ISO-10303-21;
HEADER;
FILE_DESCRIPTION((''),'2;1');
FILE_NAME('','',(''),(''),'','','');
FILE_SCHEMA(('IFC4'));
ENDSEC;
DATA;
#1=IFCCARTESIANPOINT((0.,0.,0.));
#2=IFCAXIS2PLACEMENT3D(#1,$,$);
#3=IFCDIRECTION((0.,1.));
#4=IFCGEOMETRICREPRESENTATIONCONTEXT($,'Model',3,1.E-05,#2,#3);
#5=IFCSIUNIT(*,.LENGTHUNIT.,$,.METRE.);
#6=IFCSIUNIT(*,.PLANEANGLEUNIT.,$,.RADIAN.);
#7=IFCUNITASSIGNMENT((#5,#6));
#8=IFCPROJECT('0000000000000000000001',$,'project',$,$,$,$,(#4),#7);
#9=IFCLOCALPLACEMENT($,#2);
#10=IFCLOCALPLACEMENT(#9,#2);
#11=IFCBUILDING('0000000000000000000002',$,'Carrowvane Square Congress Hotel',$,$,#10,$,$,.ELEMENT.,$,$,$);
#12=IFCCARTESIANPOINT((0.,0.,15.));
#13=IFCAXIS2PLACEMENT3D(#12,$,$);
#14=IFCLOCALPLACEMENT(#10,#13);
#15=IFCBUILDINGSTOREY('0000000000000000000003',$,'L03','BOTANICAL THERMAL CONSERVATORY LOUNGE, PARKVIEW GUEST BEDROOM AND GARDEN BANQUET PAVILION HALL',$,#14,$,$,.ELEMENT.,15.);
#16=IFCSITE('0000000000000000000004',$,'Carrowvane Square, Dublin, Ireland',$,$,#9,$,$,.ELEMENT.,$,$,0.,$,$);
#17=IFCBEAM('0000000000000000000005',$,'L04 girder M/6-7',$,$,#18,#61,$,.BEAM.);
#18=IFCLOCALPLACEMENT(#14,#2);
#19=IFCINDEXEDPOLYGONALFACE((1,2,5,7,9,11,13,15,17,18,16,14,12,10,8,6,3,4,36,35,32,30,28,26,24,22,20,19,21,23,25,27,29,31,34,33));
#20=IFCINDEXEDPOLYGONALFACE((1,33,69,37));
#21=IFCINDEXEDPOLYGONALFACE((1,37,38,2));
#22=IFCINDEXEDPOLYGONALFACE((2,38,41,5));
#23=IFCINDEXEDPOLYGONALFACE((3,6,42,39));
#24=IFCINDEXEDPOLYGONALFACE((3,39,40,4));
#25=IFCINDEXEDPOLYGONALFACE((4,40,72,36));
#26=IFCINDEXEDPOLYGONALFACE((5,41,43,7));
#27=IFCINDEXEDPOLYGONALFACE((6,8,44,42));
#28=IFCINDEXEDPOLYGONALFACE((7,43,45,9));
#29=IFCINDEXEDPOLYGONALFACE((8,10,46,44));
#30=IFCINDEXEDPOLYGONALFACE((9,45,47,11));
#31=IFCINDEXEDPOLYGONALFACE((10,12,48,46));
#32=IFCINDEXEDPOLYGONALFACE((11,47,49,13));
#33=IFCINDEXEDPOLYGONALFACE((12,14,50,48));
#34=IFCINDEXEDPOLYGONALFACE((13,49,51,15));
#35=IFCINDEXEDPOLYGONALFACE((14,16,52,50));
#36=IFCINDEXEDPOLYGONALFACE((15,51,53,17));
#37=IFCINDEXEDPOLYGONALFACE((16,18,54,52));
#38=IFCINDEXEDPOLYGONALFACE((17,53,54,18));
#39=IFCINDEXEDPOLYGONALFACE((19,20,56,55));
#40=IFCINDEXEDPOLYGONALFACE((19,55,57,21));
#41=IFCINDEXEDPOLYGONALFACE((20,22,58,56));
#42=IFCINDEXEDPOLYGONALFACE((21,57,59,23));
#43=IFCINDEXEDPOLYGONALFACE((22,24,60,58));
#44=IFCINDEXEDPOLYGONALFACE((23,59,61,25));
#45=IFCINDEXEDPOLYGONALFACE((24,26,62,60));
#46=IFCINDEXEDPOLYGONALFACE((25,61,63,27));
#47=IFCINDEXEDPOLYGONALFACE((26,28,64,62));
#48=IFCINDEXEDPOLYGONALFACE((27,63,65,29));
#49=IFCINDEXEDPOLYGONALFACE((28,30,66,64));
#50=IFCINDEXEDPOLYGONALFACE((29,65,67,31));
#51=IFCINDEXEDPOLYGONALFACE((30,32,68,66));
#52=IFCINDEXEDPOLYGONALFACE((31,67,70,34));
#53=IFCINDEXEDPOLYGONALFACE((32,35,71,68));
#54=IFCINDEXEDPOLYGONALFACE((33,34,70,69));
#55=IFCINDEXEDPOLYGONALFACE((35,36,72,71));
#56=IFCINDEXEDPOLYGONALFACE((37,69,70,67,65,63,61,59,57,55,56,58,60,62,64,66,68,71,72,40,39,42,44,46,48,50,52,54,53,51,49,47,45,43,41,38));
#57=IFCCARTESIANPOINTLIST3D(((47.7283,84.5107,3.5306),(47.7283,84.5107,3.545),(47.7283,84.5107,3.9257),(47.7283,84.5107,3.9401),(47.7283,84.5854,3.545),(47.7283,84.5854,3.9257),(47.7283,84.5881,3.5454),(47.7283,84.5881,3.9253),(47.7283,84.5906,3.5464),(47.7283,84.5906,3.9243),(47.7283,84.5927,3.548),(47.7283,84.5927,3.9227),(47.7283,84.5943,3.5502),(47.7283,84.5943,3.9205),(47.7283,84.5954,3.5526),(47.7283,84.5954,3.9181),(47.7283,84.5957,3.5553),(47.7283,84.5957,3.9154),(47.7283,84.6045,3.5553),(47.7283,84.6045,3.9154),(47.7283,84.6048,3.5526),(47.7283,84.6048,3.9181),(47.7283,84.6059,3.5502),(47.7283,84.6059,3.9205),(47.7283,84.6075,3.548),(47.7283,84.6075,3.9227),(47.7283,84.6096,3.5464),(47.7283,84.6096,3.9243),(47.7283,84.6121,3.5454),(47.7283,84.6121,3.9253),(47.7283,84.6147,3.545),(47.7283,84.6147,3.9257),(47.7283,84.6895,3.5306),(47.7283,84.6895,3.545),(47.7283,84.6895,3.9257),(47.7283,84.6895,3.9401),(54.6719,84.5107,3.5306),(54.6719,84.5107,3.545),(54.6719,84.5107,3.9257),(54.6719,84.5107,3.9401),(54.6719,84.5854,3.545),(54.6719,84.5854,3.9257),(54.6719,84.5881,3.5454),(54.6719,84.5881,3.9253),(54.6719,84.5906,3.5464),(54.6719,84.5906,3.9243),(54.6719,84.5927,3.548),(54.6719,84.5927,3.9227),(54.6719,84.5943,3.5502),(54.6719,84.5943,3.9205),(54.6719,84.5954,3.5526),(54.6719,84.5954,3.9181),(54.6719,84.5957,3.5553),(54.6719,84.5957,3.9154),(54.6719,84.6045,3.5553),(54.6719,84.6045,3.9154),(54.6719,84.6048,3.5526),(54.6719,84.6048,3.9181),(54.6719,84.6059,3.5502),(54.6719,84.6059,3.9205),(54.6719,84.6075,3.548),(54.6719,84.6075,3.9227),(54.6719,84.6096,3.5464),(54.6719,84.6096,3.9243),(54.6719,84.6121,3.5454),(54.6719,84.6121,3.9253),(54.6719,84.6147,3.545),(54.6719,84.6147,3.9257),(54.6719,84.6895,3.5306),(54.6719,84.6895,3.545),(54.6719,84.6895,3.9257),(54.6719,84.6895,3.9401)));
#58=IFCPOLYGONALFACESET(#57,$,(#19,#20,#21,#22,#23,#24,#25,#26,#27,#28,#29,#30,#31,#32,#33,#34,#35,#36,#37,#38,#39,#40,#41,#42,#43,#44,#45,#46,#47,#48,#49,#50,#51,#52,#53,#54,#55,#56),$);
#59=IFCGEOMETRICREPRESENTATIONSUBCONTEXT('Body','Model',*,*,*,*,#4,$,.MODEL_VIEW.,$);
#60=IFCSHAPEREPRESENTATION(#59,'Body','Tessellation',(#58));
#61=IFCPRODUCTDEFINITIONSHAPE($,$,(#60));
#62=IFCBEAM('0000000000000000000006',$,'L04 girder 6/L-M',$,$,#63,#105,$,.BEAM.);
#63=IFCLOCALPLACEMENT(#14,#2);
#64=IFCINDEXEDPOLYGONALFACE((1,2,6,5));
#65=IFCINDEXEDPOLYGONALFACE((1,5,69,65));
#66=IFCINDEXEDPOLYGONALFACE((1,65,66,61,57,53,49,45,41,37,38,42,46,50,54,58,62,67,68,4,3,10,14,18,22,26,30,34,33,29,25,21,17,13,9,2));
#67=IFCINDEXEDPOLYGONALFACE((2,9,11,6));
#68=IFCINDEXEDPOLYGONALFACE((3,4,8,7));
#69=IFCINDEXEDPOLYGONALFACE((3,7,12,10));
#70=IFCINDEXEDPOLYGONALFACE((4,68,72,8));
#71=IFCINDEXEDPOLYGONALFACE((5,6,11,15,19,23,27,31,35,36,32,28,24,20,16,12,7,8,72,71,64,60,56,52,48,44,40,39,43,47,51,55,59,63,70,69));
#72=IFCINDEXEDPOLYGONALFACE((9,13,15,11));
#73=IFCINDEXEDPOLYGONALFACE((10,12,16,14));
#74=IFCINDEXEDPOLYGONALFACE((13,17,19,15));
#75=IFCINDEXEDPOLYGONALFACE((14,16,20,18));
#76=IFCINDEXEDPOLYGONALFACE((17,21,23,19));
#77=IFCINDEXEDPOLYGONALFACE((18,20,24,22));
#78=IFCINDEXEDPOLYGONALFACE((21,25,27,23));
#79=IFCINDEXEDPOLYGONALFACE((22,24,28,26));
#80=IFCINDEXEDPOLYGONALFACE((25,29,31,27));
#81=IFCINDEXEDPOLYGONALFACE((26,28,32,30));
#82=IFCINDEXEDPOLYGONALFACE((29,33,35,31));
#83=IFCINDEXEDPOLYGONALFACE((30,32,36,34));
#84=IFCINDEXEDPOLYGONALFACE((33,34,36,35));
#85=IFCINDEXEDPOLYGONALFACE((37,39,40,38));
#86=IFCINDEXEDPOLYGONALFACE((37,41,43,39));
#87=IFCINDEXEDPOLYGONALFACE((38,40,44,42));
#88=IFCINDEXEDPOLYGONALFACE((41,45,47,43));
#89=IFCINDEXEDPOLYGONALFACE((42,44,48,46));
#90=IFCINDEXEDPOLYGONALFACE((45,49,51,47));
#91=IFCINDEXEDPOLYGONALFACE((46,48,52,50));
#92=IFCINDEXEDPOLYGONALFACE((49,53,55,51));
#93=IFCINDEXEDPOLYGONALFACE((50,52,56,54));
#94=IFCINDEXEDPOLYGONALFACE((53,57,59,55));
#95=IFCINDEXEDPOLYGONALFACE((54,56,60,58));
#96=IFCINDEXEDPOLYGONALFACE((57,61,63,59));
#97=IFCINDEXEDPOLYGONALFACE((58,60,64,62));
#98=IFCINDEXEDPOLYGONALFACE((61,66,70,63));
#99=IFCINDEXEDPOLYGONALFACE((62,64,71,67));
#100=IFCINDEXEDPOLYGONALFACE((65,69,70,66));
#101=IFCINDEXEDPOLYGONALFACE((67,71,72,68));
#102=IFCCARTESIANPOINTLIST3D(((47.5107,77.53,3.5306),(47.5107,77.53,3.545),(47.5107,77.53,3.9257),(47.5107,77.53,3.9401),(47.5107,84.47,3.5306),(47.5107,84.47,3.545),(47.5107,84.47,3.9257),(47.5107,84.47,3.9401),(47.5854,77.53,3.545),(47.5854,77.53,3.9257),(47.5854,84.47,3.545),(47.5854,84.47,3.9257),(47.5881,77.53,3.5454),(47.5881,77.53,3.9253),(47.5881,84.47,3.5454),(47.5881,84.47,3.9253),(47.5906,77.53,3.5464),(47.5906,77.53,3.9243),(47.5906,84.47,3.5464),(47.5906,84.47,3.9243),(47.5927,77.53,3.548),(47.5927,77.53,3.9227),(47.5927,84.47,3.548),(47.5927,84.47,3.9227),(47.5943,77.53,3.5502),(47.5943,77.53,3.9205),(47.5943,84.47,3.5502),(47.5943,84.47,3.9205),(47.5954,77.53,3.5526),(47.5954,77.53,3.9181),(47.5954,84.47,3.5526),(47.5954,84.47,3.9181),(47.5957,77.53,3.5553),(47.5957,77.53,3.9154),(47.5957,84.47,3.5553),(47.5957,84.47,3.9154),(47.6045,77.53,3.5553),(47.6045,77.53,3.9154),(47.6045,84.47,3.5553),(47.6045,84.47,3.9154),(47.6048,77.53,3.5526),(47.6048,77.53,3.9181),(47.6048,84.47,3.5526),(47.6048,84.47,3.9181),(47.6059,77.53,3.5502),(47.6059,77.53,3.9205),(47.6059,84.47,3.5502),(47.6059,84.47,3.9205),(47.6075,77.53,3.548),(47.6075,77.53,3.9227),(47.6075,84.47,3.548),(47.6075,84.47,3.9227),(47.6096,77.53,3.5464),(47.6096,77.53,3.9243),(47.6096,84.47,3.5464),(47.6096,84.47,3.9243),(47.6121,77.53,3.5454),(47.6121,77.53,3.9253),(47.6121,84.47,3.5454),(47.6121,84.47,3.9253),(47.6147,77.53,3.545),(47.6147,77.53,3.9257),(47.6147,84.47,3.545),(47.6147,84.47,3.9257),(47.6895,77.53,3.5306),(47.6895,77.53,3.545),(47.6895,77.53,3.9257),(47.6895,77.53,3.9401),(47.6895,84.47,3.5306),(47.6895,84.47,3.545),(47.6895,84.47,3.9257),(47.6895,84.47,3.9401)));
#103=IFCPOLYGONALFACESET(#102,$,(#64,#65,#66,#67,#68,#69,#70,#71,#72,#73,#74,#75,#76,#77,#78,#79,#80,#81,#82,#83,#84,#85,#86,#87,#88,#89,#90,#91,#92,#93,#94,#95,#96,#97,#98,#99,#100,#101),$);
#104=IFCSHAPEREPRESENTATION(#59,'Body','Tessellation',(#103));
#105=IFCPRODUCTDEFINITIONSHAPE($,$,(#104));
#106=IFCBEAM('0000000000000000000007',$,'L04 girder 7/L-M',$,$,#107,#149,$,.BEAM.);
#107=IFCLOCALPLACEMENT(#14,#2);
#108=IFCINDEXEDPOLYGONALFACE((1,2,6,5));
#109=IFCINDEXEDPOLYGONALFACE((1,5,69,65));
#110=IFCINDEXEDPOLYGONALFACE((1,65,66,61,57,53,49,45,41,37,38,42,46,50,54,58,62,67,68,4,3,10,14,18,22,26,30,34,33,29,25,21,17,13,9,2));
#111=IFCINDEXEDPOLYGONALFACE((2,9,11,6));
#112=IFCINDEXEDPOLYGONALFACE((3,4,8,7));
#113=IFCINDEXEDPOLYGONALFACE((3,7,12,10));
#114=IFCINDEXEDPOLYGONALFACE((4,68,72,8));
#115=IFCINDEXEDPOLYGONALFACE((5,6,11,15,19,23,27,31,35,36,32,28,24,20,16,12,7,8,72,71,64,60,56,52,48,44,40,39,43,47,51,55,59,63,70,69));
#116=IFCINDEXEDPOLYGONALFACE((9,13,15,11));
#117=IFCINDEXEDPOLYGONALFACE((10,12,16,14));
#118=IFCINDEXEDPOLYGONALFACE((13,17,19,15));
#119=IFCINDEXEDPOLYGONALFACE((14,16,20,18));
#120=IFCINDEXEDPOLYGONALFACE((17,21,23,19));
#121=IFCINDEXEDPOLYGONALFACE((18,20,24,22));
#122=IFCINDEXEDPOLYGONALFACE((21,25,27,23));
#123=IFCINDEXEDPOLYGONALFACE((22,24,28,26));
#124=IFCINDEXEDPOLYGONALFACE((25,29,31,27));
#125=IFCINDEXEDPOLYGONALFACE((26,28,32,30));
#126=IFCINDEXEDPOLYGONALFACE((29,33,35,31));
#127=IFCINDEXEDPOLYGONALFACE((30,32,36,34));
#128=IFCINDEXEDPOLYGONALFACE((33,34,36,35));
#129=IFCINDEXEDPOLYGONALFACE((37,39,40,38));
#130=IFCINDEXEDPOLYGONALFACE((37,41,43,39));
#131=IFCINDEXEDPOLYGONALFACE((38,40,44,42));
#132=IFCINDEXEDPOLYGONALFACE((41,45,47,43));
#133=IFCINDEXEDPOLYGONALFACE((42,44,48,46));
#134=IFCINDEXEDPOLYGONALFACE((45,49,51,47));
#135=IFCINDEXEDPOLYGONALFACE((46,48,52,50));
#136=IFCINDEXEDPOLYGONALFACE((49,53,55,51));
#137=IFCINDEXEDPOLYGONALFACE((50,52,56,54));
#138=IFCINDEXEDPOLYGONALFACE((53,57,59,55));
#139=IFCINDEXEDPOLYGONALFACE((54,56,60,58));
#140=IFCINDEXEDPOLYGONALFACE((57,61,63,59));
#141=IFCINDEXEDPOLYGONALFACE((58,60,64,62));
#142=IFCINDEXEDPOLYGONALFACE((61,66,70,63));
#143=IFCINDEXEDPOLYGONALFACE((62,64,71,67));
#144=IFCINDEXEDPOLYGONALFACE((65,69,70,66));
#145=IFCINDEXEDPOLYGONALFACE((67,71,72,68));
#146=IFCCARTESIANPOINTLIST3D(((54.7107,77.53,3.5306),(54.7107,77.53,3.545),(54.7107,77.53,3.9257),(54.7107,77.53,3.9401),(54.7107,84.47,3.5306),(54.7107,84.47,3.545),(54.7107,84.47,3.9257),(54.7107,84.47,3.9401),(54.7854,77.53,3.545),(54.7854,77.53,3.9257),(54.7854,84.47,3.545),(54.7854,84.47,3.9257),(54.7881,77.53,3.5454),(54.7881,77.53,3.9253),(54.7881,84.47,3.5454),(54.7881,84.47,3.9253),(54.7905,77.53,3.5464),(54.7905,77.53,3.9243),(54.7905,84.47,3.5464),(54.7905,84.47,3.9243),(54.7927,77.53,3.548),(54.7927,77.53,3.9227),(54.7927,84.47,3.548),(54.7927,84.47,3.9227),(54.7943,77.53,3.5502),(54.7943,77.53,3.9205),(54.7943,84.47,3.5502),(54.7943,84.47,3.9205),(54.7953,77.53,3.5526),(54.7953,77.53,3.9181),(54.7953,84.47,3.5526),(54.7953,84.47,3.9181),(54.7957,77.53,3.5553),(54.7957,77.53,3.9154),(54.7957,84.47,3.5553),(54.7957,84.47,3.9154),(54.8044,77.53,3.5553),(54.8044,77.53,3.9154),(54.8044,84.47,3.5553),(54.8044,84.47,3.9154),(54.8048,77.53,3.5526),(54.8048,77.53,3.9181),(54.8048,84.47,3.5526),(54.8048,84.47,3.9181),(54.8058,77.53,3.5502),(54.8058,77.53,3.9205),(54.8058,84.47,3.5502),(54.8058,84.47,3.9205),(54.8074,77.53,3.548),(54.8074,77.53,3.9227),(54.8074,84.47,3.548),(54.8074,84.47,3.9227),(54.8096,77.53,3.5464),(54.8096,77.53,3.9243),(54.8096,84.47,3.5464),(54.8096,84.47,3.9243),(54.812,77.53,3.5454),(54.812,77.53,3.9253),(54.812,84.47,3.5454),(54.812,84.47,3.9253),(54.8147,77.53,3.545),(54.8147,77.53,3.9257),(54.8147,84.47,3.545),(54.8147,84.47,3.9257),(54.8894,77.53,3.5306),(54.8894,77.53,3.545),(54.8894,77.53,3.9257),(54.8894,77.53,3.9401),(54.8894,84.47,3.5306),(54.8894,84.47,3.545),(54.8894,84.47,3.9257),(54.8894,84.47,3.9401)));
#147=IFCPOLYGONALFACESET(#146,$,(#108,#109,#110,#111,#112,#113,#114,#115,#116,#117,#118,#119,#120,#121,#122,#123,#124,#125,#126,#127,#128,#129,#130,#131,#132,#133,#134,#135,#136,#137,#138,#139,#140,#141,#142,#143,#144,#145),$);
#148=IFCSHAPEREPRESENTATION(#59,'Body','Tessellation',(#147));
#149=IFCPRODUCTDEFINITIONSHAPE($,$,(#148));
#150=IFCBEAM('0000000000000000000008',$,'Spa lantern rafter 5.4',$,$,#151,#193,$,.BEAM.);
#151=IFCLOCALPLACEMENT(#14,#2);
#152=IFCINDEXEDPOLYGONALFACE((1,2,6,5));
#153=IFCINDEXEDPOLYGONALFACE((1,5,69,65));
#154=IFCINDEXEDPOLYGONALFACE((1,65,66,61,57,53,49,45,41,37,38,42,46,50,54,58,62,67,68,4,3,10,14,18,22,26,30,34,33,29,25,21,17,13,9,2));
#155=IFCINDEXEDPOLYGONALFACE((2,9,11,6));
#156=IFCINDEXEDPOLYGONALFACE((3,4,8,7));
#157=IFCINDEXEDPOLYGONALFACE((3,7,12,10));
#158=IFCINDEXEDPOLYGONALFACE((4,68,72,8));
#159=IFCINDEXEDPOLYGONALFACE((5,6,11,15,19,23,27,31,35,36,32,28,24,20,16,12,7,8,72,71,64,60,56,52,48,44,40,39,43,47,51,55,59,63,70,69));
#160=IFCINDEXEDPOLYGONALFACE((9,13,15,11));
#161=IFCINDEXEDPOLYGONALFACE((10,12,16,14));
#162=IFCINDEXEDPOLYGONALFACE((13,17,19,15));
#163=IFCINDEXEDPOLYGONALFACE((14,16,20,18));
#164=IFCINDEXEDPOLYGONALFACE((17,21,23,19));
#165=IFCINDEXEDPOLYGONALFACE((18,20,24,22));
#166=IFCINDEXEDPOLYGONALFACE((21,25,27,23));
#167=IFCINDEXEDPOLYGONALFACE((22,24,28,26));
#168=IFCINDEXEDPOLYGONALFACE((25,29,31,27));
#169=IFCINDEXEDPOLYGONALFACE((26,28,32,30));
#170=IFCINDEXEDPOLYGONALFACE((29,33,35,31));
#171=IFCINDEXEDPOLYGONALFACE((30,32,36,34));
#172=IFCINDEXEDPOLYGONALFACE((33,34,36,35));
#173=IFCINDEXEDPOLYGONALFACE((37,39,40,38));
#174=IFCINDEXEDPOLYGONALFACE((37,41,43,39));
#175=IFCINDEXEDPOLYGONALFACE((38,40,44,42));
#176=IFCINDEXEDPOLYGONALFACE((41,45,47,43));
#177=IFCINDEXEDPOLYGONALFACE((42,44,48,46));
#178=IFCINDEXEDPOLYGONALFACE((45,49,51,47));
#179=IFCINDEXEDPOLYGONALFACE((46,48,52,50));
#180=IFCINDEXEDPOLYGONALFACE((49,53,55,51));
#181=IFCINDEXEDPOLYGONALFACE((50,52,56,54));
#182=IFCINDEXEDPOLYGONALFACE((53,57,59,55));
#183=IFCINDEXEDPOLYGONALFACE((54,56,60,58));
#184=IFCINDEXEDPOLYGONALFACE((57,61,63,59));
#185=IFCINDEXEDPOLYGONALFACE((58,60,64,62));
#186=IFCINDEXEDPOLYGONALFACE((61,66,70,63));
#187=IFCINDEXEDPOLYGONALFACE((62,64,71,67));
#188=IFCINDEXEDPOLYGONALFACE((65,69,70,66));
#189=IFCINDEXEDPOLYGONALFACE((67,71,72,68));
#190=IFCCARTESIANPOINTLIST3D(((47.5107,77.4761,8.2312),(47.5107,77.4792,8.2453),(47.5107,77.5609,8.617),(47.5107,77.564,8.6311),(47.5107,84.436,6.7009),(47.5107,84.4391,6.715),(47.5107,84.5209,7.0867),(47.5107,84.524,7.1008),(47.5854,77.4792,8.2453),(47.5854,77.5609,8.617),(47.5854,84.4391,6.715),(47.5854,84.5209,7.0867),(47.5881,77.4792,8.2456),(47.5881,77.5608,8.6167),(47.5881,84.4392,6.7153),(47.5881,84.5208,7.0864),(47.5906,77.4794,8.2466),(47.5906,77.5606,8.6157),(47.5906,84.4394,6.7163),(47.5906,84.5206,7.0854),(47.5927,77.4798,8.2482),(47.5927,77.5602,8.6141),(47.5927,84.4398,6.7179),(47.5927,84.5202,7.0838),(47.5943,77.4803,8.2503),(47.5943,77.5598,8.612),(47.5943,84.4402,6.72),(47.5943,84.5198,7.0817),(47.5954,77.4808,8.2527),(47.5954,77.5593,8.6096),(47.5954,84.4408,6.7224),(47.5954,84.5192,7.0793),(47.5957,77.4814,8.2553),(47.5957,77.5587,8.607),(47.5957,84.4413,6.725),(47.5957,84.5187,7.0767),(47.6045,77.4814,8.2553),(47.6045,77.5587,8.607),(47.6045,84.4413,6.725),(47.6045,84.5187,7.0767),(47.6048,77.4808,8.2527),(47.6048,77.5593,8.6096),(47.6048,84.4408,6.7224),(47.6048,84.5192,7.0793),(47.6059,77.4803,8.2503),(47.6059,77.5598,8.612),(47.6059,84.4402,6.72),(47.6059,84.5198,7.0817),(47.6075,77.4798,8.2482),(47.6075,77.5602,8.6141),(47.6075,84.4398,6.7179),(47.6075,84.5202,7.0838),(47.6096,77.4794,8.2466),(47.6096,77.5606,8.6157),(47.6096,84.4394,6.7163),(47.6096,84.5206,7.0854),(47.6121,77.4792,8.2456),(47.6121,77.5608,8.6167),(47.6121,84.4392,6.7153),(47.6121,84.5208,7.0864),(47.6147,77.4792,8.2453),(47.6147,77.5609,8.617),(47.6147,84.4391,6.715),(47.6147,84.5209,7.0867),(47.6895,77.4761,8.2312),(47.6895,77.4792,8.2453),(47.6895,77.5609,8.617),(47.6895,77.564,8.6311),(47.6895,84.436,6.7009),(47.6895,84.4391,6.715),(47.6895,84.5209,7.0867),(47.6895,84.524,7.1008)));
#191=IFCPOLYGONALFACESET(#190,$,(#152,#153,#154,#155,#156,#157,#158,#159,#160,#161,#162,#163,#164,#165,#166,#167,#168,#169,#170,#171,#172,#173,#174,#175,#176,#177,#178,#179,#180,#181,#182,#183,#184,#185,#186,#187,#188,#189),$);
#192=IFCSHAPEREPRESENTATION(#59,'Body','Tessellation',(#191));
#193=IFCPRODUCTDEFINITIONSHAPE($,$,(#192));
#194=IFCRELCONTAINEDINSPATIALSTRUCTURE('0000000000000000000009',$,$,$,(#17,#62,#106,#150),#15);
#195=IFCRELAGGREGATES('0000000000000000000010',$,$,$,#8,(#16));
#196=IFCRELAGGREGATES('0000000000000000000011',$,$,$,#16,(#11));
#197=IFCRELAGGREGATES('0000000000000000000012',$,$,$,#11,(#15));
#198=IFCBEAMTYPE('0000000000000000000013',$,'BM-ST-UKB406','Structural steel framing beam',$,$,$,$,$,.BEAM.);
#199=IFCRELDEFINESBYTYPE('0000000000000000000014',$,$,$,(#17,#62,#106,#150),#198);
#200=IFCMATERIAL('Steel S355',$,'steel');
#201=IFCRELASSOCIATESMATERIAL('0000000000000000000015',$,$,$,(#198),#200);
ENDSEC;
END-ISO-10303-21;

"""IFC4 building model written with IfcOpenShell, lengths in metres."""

from ifc_helpers import new_model, si_unit, direction, frame, origin, origin_2d, place, context, subcontext, project, spatial, i_section, extrude, material, material_profile, profile_set, type_object, element, save


model = new_model("IFC4")

# Units and contexts
model_context = context("Model", 3, precision=1e-05, world=origin(), true_north=direction((0.0, 1.0)))
body_context = subcontext(model_context, "Body", "Model", "MODEL_VIEW")
ifc_project = project(units=[si_unit("LENGTHUNIT", "METRE"), si_unit("PLANEANGLEUNIT", "RADIAN")], contexts=[model_context])

# Site, building, storey
site_placement = place(None, origin())
site = spatial("IfcSite", under=ifc_project, at=site_placement, Name="Carrowvane Square, Dublin, Ireland", CompositionType="ELEMENT", RefElevation=0.0)
building_placement = place(site_placement, origin())
building = spatial("IfcBuilding", under=site, at=building_placement, Name="Carrowvane Square Congress Hotel", CompositionType="ELEMENT")
storey_placement = place(building_placement, frame((0.0, 0.0, 15.0)))
storey = spatial("IfcBuildingStorey", under=building, at=storey_placement, Name="L03", Description="BOTANICAL THERMAL CONSERVATORY LOUNGE, PARKVIEW GUEST BEDROOM AND GARDEN BANQUET PAVILION HALL", CompositionType="ELEMENT", Elevation=15.0)

# Beams
ifc_material_1 = material(Name="Steel S355", Category="steel")
ifc_material_profile_1 = material_profile(ifc_material_1, i_section(OverallWidth=0.1787, OverallDepth=0.4094, WebThickness=0.0088, FlangeThickness=0.0144, FilletRadius=0.0103, at=origin_2d()), Name="UKB 406x178x67")
ifc_profile_set_1 = profile_set([ifc_material_profile_1], Name="Steel S355")
beam_type_1 = type_object("IfcBeamType", Name="BM-ST-UKB406", Description="Structural steel framing beam", PredefinedType="BEAM", material=ifc_profile_set_1)
beam_1_placement = place(storey_placement, frame((47.7283, 84.6001, 3.7354), z_axis=(1.0, 0.0, 0.0), x_axis=(0.0, 1.0, 0.0)))
element("IfcBeam", 1, at=beam_1_placement, inside=storey, type_object=beam_type_1, Name="L04 girder M/6-7", PredefinedType="BEAM", context=body_context, shape_type="SweptSolid", body=[
    extrude(i_section(OverallWidth=0.1787, OverallDepth=0.4094, WebThickness=0.0088, FlangeThickness=0.0144, FilletRadius=0.0103, at=origin_2d()), origin(), (0.0, 0.0, 1.0), 6.9436),
])
for number, where, z_axis, x_axis, name in (
    (2, (47.6001, 77.53, 3.7354), (0.0, 1.0, 0.0), (-1.0, 0.0, 0.0), "L04 girder 6/L-M"),
    (3, (54.8, 77.53, 3.7354), (0.0, 1.0, 0.0), (-1.0, 0.0, 0.0), "L04 girder 7/L-M"),
):
    element("IfcBeam", number, at=place(storey_placement, frame(where, z_axis=z_axis, x_axis=x_axis)), inside=storey, type_object=beam_type_1, Name=name, PredefinedType="BEAM", context=body_context, shape_type="SweptSolid", body=[
        extrude(i_section(OverallWidth=0.1787, OverallDepth=0.4094, WebThickness=0.0088, FlangeThickness=0.0144, FilletRadius=0.0103, at=origin_2d()), origin(), (0.0, 0.0, 1.0), 6.9399),
    ])
for number, where, z_axis, x_axis, name in (
    (4, (47.6001, 77.52, 8.4312), (0.0, 0.976671, -0.214739), (-1.0, 0.0, 0.0), "Spa lantern rafter 5.4"),
):
    element("IfcBeam", number, at=place(storey_placement, frame(where, z_axis=z_axis, x_axis=x_axis)), inside=storey, type_object=beam_type_1, Name=name, PredefinedType="BEAM", context=body_context, shape_type="SweptSolid", body=[
        extrude(i_section(OverallWidth=0.1787, OverallDepth=0.4094, WebThickness=0.0088, FlangeThickness=0.0144, FilletRadius=0.0103, at=origin_2d()), origin(), (0.0, 0.0, 1.0), 7.1262),
    ])

save(model, "model.ifc")
